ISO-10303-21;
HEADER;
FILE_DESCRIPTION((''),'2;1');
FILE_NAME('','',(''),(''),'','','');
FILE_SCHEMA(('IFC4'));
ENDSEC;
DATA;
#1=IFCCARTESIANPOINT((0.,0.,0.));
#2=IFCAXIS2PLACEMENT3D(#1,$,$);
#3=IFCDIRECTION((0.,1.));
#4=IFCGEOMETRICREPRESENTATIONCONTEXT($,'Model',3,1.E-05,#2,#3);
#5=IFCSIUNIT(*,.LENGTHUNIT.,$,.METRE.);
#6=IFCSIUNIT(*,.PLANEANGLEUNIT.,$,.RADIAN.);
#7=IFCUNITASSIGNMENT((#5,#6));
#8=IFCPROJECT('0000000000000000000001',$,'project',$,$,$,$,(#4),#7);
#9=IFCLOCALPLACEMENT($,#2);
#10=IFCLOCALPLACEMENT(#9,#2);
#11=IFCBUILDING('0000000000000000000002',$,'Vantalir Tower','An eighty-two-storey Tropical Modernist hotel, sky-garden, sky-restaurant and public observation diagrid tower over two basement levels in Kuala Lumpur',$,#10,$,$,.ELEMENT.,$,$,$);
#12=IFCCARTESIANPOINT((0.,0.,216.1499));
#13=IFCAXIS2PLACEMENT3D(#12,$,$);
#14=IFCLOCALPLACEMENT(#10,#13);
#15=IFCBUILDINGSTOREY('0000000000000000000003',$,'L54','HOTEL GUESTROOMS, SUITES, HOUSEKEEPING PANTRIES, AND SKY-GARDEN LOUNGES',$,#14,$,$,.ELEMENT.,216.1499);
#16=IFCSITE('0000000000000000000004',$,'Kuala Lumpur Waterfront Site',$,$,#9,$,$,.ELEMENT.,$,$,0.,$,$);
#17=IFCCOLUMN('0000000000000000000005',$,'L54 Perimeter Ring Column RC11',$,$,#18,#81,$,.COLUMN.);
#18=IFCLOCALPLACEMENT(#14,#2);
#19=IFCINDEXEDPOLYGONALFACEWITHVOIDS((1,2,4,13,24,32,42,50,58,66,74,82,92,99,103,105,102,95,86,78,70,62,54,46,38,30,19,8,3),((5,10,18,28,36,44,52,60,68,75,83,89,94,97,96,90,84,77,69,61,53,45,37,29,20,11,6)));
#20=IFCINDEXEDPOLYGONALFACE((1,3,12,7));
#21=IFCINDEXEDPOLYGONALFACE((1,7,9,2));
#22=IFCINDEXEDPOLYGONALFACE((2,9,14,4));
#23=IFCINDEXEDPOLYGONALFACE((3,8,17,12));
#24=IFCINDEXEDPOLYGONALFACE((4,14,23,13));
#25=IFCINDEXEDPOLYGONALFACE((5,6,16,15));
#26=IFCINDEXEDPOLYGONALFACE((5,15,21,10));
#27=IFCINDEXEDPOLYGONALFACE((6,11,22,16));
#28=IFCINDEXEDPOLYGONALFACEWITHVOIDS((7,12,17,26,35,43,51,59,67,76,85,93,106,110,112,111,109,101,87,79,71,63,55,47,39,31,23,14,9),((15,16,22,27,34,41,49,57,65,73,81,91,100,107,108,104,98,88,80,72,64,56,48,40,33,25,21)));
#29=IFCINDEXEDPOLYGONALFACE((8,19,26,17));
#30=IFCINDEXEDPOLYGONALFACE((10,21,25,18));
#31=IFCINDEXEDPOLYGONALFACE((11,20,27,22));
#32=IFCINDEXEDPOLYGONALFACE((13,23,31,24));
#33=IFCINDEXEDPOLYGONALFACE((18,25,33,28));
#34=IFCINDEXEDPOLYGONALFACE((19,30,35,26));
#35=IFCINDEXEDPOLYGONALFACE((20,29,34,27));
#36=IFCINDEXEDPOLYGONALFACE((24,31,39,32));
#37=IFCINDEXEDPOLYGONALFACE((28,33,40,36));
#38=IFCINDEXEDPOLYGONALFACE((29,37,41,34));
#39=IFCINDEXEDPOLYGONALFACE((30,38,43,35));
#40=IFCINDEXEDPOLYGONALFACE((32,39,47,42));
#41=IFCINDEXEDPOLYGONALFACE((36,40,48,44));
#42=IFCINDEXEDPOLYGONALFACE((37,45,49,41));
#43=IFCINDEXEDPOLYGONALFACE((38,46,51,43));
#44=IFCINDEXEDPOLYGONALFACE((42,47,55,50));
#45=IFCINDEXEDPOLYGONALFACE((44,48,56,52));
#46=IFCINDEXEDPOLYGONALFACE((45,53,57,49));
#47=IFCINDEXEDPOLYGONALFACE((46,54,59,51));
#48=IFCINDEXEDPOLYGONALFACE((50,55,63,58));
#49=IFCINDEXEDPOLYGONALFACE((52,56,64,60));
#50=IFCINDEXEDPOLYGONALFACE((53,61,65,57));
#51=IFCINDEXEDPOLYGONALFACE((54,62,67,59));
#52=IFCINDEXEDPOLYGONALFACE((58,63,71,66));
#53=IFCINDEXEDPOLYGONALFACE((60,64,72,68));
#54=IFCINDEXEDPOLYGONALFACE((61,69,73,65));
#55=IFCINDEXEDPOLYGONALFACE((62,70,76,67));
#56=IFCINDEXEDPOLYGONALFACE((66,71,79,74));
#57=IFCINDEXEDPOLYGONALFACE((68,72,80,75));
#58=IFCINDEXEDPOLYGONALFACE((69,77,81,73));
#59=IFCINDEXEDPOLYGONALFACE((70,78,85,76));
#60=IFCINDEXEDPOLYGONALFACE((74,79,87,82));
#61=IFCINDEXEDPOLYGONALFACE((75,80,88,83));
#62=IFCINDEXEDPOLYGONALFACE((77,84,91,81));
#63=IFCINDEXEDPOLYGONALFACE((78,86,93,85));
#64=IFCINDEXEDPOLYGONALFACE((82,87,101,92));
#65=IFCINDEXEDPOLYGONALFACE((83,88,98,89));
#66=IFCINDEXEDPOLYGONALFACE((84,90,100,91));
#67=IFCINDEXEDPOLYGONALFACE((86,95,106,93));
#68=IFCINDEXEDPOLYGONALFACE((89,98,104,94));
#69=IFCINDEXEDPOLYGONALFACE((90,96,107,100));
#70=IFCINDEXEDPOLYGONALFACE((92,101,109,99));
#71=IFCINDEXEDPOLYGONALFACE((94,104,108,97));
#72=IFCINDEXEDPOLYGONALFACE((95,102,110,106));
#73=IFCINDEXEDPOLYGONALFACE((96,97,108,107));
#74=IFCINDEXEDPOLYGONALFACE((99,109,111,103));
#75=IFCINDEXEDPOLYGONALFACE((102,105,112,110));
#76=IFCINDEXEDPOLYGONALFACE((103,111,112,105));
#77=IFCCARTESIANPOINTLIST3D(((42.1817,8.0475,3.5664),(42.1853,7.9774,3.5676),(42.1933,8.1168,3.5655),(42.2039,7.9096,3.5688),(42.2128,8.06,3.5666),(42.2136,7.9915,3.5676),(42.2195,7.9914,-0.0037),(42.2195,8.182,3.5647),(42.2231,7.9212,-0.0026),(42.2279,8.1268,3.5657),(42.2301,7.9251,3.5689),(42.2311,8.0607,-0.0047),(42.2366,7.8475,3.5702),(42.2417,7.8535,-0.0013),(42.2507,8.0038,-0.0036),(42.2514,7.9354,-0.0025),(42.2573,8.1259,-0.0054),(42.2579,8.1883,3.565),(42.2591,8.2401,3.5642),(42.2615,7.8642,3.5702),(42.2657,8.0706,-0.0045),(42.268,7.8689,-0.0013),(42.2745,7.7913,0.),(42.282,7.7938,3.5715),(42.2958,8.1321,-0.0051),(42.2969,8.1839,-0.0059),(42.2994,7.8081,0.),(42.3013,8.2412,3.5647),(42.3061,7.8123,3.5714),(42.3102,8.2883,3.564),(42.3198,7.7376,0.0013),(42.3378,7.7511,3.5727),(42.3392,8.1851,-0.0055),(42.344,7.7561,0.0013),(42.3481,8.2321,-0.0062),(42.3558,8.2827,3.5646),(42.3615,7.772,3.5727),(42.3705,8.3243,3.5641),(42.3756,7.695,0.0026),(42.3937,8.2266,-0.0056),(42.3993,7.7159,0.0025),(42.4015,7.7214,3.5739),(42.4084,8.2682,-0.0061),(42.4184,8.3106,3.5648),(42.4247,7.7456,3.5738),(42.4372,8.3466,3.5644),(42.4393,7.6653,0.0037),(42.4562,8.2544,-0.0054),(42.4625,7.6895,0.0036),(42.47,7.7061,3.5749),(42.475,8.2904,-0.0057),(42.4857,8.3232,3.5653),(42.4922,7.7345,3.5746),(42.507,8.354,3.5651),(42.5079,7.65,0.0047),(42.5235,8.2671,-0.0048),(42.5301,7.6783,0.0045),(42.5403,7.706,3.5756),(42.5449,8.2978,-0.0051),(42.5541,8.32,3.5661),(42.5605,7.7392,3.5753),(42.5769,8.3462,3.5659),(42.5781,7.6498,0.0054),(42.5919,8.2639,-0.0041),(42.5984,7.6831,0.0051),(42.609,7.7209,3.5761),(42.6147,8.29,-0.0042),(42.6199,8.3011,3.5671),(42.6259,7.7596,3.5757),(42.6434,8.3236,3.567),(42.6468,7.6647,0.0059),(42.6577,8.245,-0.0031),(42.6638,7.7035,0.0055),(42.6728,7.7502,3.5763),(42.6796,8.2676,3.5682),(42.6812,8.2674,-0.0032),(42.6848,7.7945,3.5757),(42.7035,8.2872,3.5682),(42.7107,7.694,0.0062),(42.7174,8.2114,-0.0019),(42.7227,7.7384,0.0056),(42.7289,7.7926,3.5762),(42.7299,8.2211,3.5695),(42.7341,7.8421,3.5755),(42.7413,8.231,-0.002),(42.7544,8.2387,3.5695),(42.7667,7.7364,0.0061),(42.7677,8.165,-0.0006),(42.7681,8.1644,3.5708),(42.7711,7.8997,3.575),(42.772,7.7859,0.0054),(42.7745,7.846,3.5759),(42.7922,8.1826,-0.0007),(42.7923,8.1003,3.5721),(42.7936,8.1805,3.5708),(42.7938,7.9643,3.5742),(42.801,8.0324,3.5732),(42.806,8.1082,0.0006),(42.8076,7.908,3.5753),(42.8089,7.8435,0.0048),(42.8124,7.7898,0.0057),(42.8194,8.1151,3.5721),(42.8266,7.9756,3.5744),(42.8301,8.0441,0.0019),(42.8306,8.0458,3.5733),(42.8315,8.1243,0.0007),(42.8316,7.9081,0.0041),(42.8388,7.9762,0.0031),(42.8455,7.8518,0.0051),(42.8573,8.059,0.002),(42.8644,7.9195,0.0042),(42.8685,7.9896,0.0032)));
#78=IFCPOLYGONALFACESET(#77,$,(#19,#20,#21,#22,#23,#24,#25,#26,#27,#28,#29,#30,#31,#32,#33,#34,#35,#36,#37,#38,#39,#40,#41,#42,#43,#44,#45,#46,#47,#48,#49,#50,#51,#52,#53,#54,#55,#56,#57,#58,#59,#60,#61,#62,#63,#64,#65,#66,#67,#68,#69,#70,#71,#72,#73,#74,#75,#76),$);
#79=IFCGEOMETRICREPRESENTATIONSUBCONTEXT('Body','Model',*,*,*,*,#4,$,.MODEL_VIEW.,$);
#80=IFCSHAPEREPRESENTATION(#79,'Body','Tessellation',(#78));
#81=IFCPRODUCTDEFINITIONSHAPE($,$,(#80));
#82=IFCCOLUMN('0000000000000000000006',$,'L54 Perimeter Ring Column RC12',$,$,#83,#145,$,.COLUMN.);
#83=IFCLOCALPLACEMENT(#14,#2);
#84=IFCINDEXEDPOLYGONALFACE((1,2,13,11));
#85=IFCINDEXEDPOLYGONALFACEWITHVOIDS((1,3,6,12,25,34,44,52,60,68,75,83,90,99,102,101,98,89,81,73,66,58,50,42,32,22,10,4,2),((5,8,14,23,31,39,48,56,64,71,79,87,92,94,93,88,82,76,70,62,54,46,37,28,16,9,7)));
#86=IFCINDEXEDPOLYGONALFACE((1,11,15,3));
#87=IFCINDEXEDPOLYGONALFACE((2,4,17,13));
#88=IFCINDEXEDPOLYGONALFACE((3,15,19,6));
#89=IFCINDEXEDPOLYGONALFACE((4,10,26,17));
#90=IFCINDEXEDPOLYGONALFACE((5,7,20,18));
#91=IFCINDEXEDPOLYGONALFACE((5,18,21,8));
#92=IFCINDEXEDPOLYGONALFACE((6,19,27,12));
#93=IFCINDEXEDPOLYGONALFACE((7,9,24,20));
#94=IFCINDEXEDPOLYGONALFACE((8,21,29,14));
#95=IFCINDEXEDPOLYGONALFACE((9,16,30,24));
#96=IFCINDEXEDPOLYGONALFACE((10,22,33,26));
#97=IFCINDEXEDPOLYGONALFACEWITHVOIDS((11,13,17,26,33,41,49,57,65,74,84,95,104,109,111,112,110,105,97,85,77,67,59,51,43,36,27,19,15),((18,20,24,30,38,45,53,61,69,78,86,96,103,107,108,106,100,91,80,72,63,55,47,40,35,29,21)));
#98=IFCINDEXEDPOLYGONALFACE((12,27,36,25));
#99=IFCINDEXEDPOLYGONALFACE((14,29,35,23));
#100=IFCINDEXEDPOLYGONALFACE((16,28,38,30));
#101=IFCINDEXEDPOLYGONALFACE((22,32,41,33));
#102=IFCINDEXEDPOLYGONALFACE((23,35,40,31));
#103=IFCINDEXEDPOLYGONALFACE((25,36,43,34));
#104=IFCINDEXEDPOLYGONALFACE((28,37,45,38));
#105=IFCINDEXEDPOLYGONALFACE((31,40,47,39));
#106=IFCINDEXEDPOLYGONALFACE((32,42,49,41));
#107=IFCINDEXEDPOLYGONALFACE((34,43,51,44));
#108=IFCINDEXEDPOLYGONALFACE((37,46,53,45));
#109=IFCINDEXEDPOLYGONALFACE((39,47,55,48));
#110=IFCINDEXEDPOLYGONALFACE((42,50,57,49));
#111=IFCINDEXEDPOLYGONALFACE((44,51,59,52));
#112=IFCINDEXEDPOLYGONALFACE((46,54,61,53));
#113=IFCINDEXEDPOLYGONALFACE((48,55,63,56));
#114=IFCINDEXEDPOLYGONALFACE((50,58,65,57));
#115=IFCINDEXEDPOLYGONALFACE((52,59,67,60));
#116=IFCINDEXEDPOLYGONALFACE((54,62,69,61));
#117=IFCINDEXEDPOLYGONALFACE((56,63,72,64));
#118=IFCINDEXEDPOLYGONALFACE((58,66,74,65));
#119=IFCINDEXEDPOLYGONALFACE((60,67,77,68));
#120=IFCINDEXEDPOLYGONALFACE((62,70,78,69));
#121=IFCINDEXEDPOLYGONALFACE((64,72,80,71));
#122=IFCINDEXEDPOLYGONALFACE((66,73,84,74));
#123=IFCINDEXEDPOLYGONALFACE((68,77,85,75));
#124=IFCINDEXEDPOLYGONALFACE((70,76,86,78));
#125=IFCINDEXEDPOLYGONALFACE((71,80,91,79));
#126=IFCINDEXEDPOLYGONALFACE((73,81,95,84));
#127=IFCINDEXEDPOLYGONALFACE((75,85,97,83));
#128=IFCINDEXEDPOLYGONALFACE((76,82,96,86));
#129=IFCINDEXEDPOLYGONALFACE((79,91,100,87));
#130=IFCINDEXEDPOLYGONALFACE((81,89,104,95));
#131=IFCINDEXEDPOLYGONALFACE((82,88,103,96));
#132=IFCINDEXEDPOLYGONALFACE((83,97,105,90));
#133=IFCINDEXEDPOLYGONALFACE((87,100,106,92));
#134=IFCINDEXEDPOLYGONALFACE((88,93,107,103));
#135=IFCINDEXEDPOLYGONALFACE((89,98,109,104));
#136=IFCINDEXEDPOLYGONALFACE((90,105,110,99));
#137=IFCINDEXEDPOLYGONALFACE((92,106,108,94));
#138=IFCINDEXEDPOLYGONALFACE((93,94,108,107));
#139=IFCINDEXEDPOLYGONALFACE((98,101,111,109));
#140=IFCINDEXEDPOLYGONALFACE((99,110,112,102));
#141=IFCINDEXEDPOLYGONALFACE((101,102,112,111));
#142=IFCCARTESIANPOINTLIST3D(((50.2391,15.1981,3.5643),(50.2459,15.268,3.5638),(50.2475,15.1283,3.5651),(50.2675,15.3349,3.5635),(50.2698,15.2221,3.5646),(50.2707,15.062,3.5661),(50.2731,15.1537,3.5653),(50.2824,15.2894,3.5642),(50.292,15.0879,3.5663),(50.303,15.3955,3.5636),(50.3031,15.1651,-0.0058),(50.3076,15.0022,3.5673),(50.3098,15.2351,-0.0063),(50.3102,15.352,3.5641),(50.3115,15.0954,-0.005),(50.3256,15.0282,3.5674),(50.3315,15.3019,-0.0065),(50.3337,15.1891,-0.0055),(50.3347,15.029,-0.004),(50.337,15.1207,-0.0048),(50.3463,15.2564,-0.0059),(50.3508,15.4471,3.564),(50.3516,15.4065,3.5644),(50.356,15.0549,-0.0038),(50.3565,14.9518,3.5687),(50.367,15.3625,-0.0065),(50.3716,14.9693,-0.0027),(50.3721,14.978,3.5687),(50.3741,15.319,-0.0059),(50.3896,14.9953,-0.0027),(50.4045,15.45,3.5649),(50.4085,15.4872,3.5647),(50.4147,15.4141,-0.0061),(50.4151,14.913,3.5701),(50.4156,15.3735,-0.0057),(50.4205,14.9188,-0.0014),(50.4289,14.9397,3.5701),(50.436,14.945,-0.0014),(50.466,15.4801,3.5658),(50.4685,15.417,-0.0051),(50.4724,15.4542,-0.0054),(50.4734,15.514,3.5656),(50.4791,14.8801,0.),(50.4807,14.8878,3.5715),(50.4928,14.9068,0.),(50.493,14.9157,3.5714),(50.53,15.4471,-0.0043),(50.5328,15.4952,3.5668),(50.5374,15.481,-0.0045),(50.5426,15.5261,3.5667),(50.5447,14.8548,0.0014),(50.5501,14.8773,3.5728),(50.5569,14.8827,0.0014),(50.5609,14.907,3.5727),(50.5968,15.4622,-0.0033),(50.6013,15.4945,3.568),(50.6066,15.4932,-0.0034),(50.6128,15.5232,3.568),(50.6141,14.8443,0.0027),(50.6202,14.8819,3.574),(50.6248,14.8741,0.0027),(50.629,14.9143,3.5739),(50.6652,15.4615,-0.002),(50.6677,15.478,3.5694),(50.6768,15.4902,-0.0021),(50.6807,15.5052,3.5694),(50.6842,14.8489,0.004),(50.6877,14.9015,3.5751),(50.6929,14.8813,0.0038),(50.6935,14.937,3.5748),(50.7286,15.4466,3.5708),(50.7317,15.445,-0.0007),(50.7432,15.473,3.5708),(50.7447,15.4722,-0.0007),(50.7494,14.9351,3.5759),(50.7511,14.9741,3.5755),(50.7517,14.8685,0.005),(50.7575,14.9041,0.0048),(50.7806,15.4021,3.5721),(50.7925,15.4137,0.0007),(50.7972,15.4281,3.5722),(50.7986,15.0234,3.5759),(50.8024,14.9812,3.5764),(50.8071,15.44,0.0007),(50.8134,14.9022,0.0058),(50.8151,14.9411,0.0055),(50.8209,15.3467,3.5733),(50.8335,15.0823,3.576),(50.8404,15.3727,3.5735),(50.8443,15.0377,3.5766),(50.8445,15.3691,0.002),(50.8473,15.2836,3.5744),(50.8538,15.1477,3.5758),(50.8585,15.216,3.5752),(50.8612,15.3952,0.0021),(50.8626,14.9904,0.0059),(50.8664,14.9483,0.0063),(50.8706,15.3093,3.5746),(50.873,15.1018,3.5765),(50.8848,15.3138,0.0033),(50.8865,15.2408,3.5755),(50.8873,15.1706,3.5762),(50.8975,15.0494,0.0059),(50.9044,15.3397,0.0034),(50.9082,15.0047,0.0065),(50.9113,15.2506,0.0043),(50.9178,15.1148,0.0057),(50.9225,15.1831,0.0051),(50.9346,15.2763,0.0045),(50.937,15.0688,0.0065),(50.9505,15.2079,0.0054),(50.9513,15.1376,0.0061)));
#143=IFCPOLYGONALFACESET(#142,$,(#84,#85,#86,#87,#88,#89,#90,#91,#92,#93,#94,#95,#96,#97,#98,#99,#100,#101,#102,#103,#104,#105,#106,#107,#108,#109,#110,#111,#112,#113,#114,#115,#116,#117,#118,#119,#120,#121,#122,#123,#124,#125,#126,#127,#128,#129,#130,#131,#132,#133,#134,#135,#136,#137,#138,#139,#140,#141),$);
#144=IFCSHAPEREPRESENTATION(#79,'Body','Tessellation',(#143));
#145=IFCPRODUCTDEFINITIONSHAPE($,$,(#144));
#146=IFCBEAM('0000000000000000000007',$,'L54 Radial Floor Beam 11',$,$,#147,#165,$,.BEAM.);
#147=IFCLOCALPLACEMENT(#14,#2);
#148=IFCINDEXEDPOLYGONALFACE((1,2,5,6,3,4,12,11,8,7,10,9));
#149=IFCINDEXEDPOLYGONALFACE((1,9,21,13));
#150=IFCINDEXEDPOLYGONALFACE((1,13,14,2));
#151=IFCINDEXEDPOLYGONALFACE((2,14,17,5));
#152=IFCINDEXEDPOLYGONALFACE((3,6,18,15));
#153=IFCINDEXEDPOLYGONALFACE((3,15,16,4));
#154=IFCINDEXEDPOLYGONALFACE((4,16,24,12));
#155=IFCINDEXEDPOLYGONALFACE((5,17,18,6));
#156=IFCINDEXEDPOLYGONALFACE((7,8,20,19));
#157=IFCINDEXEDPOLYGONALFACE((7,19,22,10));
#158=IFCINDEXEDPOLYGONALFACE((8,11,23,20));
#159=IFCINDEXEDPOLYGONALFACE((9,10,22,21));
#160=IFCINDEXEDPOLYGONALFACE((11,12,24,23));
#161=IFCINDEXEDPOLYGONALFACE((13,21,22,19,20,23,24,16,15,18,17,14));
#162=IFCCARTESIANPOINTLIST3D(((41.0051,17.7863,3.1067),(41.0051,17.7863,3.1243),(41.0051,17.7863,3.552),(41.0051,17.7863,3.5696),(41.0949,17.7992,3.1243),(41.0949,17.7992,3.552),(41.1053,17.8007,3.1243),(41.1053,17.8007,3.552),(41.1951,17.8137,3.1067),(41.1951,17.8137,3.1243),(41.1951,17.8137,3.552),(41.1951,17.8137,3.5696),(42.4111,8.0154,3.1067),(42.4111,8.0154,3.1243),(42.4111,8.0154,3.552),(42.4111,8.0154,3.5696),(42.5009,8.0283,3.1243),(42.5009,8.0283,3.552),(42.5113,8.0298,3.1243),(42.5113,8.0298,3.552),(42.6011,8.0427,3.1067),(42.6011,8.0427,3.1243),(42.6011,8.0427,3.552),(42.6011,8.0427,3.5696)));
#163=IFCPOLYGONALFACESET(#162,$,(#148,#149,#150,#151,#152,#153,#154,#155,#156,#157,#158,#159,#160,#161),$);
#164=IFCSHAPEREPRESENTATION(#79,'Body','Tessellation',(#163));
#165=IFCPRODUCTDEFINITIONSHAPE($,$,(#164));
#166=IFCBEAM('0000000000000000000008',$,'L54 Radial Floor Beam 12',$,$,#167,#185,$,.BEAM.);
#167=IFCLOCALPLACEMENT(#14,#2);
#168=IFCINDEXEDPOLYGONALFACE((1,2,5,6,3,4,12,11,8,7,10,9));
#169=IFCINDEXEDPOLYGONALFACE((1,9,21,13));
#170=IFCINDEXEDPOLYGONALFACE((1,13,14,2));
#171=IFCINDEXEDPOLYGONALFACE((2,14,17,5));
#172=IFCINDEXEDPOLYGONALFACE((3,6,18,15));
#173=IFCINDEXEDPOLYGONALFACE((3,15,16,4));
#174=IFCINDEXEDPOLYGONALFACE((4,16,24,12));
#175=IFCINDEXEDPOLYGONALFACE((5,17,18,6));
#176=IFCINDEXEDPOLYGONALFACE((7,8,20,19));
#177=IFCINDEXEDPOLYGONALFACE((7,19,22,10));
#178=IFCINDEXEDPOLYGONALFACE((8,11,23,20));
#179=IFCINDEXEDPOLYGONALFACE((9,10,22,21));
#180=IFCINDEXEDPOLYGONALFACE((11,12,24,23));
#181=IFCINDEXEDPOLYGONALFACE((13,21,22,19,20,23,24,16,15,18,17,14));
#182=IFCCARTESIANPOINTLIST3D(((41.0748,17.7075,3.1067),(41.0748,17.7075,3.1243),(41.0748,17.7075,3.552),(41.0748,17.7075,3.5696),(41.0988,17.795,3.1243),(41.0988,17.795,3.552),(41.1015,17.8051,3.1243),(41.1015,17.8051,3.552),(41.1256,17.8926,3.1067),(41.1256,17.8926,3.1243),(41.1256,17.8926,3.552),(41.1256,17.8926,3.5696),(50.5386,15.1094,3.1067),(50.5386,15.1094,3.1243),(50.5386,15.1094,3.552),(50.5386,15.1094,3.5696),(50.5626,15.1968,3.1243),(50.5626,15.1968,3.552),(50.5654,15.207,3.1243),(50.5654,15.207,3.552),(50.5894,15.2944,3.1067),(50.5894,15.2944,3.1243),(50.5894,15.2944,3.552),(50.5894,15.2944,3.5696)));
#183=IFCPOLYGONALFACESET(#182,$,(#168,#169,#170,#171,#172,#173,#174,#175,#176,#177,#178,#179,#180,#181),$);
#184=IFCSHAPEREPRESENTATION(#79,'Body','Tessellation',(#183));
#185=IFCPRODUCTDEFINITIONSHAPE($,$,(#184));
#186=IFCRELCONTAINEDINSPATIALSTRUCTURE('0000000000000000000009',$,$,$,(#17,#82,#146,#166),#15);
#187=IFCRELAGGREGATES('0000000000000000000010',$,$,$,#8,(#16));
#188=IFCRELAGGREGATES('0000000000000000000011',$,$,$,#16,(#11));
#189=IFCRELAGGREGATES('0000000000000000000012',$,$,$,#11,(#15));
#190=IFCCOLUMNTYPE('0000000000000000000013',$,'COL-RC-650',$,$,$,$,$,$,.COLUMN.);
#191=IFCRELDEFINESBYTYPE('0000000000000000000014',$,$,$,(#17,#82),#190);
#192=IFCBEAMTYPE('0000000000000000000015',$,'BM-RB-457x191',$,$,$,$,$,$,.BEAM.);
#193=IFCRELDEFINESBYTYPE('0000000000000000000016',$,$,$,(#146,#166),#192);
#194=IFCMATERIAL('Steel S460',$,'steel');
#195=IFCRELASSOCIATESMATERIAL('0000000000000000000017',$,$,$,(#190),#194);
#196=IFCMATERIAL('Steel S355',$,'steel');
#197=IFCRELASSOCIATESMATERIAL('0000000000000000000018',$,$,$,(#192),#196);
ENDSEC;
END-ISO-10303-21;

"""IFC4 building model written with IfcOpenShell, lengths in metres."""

from ifc_helpers import new_model, si_unit, direction, frame, origin, origin_2d, place, context, subcontext, project, spatial, hollow_circle, i_section, extrude, material, material_profile, profile_set, type_object, element, save


model = new_model("IFC4")

# Units and contexts
model_context = context("Model", 3, precision=1e-05, world=origin(), true_north=direction((0.0, 1.0)))
body_context = subcontext(model_context, "Body", "Model", "MODEL_VIEW")
ifc_project = project(units=[si_unit("LENGTHUNIT", "METRE"), si_unit("PLANEANGLEUNIT", "RADIAN")], contexts=[model_context])

# Site, building, storey
site_placement = place(None, origin())
site = spatial("IfcSite", under=ifc_project, at=site_placement, Name="Kuala Lumpur Waterfront Site", CompositionType="ELEMENT", RefElevation=0.0)
building_placement = place(site_placement, origin())
building = spatial("IfcBuilding", under=site, at=building_placement, Name="Vantalir Tower", Description="An eighty-two-storey Tropical Modernist hotel, sky-garden, sky-restaurant and public observation diagrid tower over two basement levels in Kuala Lumpur", CompositionType="ELEMENT")
storey_placement = place(building_placement, frame((0.0, 0.0, 216.1499)))
storey = spatial("IfcBuildingStorey", under=building, at=storey_placement, Name="L54", Description="HOTEL GUESTROOMS, SUITES, HOUSEKEEPING PANTRIES, AND SKY-GARDEN LOUNGES", CompositionType="ELEMENT", Elevation=216.1499)

# Columns
ifc_material_1 = material(Name="Steel S460", Category="steel")
ifc_material_profile_1 = material_profile(ifc_material_1, hollow_circle(Radius=0.325, WallThickness=0.03, at=origin_2d()), Name="Steel S460")
ifc_profile_set_1 = profile_set([ifc_material_profile_1], Name="Steel S460")
column_type = type_object("IfcColumnType", Name="COL-RC-650", PredefinedType="COLUMN", material=ifc_profile_set_1)
for number, where, z_axis, x_axis, name in (
    (1, (42.5439, 7.9729, 0.0), (-0.010598, 0.015726, 0.99982), (-0.829266, -0.558853, 0.0), "L54 Perimeter Ring Column RC11"),
    (2, (50.6279, 15.1689, 0.0), (-0.017913, 0.00923, 0.999797), (-0.458038, -0.888933, 0.0), "L54 Perimeter Ring Column RC12"),
):
    element("IfcColumn", number, at=place(storey_placement, frame(where, z_axis=z_axis, x_axis=x_axis)), inside=storey, type_object=column_type, Name=name, PredefinedType="COLUMN", context=body_context, shape_type="SweptSolid", body=[
        extrude(hollow_circle(Radius=0.325, WallThickness=0.03, at=origin_2d()), origin(), (0.0, 0.0, 1.0), 3.5708),
    ])

# Beams
ifc_material_2 = material(Name="Steel S355", Category="steel")
ifc_material_profile_2 = material_profile(ifc_material_2, i_section(OverallWidth=0.1919, OverallDepth=0.4629, WebThickness=0.0105, FlangeThickness=0.0176, at=origin_2d()), Name="Steel S355")
ifc_profile_set_2 = profile_set([ifc_material_profile_2], Name="Steel S355")
beam_type_1 = type_object("IfcBeamType", Name="BM-RB-457x191", PredefinedType="BEAM", material=ifc_profile_set_2)
beam_1_placement = place(storey_placement, frame((42.5061, 8.0291, 3.3381), z_axis=(-0.142429, 0.989805, 0.0), x_axis=(-0.989805, -0.142429, 0.0)))
element("IfcBeam", 3, at=beam_1_placement, inside=storey, type_object=beam_type_1, Name="L54 Radial Floor Beam 11", PredefinedType="BEAM", context=body_context, shape_type="SweptSolid", body=[
    extrude(i_section(OverallWidth=0.1919, OverallDepth=0.4629, WebThickness=0.0105, FlangeThickness=0.0176, at=origin_2d()), origin(), (0.0, 0.0, 1.0), 9.8716),
])
beam_2_placement = place(storey_placement, frame((50.564, 15.2019, 3.3381), z_axis=(-0.96432, 0.264738, 0.0), x_axis=(-0.264738, -0.96432, 0.0)))
element("IfcBeam", 4, at=beam_2_placement, inside=storey, type_object=beam_type_1, Name="L54 Radial Floor Beam 12", PredefinedType="BEAM", context=body_context, shape_type="SweptSolid", body=[
    extrude(i_section(OverallWidth=0.1919, OverallDepth=0.4629, WebThickness=0.0105, FlangeThickness=0.0176, at=origin_2d()), origin(), (0.0, 0.0, 1.0), 9.814),
])

save(model, "model.ifc")
